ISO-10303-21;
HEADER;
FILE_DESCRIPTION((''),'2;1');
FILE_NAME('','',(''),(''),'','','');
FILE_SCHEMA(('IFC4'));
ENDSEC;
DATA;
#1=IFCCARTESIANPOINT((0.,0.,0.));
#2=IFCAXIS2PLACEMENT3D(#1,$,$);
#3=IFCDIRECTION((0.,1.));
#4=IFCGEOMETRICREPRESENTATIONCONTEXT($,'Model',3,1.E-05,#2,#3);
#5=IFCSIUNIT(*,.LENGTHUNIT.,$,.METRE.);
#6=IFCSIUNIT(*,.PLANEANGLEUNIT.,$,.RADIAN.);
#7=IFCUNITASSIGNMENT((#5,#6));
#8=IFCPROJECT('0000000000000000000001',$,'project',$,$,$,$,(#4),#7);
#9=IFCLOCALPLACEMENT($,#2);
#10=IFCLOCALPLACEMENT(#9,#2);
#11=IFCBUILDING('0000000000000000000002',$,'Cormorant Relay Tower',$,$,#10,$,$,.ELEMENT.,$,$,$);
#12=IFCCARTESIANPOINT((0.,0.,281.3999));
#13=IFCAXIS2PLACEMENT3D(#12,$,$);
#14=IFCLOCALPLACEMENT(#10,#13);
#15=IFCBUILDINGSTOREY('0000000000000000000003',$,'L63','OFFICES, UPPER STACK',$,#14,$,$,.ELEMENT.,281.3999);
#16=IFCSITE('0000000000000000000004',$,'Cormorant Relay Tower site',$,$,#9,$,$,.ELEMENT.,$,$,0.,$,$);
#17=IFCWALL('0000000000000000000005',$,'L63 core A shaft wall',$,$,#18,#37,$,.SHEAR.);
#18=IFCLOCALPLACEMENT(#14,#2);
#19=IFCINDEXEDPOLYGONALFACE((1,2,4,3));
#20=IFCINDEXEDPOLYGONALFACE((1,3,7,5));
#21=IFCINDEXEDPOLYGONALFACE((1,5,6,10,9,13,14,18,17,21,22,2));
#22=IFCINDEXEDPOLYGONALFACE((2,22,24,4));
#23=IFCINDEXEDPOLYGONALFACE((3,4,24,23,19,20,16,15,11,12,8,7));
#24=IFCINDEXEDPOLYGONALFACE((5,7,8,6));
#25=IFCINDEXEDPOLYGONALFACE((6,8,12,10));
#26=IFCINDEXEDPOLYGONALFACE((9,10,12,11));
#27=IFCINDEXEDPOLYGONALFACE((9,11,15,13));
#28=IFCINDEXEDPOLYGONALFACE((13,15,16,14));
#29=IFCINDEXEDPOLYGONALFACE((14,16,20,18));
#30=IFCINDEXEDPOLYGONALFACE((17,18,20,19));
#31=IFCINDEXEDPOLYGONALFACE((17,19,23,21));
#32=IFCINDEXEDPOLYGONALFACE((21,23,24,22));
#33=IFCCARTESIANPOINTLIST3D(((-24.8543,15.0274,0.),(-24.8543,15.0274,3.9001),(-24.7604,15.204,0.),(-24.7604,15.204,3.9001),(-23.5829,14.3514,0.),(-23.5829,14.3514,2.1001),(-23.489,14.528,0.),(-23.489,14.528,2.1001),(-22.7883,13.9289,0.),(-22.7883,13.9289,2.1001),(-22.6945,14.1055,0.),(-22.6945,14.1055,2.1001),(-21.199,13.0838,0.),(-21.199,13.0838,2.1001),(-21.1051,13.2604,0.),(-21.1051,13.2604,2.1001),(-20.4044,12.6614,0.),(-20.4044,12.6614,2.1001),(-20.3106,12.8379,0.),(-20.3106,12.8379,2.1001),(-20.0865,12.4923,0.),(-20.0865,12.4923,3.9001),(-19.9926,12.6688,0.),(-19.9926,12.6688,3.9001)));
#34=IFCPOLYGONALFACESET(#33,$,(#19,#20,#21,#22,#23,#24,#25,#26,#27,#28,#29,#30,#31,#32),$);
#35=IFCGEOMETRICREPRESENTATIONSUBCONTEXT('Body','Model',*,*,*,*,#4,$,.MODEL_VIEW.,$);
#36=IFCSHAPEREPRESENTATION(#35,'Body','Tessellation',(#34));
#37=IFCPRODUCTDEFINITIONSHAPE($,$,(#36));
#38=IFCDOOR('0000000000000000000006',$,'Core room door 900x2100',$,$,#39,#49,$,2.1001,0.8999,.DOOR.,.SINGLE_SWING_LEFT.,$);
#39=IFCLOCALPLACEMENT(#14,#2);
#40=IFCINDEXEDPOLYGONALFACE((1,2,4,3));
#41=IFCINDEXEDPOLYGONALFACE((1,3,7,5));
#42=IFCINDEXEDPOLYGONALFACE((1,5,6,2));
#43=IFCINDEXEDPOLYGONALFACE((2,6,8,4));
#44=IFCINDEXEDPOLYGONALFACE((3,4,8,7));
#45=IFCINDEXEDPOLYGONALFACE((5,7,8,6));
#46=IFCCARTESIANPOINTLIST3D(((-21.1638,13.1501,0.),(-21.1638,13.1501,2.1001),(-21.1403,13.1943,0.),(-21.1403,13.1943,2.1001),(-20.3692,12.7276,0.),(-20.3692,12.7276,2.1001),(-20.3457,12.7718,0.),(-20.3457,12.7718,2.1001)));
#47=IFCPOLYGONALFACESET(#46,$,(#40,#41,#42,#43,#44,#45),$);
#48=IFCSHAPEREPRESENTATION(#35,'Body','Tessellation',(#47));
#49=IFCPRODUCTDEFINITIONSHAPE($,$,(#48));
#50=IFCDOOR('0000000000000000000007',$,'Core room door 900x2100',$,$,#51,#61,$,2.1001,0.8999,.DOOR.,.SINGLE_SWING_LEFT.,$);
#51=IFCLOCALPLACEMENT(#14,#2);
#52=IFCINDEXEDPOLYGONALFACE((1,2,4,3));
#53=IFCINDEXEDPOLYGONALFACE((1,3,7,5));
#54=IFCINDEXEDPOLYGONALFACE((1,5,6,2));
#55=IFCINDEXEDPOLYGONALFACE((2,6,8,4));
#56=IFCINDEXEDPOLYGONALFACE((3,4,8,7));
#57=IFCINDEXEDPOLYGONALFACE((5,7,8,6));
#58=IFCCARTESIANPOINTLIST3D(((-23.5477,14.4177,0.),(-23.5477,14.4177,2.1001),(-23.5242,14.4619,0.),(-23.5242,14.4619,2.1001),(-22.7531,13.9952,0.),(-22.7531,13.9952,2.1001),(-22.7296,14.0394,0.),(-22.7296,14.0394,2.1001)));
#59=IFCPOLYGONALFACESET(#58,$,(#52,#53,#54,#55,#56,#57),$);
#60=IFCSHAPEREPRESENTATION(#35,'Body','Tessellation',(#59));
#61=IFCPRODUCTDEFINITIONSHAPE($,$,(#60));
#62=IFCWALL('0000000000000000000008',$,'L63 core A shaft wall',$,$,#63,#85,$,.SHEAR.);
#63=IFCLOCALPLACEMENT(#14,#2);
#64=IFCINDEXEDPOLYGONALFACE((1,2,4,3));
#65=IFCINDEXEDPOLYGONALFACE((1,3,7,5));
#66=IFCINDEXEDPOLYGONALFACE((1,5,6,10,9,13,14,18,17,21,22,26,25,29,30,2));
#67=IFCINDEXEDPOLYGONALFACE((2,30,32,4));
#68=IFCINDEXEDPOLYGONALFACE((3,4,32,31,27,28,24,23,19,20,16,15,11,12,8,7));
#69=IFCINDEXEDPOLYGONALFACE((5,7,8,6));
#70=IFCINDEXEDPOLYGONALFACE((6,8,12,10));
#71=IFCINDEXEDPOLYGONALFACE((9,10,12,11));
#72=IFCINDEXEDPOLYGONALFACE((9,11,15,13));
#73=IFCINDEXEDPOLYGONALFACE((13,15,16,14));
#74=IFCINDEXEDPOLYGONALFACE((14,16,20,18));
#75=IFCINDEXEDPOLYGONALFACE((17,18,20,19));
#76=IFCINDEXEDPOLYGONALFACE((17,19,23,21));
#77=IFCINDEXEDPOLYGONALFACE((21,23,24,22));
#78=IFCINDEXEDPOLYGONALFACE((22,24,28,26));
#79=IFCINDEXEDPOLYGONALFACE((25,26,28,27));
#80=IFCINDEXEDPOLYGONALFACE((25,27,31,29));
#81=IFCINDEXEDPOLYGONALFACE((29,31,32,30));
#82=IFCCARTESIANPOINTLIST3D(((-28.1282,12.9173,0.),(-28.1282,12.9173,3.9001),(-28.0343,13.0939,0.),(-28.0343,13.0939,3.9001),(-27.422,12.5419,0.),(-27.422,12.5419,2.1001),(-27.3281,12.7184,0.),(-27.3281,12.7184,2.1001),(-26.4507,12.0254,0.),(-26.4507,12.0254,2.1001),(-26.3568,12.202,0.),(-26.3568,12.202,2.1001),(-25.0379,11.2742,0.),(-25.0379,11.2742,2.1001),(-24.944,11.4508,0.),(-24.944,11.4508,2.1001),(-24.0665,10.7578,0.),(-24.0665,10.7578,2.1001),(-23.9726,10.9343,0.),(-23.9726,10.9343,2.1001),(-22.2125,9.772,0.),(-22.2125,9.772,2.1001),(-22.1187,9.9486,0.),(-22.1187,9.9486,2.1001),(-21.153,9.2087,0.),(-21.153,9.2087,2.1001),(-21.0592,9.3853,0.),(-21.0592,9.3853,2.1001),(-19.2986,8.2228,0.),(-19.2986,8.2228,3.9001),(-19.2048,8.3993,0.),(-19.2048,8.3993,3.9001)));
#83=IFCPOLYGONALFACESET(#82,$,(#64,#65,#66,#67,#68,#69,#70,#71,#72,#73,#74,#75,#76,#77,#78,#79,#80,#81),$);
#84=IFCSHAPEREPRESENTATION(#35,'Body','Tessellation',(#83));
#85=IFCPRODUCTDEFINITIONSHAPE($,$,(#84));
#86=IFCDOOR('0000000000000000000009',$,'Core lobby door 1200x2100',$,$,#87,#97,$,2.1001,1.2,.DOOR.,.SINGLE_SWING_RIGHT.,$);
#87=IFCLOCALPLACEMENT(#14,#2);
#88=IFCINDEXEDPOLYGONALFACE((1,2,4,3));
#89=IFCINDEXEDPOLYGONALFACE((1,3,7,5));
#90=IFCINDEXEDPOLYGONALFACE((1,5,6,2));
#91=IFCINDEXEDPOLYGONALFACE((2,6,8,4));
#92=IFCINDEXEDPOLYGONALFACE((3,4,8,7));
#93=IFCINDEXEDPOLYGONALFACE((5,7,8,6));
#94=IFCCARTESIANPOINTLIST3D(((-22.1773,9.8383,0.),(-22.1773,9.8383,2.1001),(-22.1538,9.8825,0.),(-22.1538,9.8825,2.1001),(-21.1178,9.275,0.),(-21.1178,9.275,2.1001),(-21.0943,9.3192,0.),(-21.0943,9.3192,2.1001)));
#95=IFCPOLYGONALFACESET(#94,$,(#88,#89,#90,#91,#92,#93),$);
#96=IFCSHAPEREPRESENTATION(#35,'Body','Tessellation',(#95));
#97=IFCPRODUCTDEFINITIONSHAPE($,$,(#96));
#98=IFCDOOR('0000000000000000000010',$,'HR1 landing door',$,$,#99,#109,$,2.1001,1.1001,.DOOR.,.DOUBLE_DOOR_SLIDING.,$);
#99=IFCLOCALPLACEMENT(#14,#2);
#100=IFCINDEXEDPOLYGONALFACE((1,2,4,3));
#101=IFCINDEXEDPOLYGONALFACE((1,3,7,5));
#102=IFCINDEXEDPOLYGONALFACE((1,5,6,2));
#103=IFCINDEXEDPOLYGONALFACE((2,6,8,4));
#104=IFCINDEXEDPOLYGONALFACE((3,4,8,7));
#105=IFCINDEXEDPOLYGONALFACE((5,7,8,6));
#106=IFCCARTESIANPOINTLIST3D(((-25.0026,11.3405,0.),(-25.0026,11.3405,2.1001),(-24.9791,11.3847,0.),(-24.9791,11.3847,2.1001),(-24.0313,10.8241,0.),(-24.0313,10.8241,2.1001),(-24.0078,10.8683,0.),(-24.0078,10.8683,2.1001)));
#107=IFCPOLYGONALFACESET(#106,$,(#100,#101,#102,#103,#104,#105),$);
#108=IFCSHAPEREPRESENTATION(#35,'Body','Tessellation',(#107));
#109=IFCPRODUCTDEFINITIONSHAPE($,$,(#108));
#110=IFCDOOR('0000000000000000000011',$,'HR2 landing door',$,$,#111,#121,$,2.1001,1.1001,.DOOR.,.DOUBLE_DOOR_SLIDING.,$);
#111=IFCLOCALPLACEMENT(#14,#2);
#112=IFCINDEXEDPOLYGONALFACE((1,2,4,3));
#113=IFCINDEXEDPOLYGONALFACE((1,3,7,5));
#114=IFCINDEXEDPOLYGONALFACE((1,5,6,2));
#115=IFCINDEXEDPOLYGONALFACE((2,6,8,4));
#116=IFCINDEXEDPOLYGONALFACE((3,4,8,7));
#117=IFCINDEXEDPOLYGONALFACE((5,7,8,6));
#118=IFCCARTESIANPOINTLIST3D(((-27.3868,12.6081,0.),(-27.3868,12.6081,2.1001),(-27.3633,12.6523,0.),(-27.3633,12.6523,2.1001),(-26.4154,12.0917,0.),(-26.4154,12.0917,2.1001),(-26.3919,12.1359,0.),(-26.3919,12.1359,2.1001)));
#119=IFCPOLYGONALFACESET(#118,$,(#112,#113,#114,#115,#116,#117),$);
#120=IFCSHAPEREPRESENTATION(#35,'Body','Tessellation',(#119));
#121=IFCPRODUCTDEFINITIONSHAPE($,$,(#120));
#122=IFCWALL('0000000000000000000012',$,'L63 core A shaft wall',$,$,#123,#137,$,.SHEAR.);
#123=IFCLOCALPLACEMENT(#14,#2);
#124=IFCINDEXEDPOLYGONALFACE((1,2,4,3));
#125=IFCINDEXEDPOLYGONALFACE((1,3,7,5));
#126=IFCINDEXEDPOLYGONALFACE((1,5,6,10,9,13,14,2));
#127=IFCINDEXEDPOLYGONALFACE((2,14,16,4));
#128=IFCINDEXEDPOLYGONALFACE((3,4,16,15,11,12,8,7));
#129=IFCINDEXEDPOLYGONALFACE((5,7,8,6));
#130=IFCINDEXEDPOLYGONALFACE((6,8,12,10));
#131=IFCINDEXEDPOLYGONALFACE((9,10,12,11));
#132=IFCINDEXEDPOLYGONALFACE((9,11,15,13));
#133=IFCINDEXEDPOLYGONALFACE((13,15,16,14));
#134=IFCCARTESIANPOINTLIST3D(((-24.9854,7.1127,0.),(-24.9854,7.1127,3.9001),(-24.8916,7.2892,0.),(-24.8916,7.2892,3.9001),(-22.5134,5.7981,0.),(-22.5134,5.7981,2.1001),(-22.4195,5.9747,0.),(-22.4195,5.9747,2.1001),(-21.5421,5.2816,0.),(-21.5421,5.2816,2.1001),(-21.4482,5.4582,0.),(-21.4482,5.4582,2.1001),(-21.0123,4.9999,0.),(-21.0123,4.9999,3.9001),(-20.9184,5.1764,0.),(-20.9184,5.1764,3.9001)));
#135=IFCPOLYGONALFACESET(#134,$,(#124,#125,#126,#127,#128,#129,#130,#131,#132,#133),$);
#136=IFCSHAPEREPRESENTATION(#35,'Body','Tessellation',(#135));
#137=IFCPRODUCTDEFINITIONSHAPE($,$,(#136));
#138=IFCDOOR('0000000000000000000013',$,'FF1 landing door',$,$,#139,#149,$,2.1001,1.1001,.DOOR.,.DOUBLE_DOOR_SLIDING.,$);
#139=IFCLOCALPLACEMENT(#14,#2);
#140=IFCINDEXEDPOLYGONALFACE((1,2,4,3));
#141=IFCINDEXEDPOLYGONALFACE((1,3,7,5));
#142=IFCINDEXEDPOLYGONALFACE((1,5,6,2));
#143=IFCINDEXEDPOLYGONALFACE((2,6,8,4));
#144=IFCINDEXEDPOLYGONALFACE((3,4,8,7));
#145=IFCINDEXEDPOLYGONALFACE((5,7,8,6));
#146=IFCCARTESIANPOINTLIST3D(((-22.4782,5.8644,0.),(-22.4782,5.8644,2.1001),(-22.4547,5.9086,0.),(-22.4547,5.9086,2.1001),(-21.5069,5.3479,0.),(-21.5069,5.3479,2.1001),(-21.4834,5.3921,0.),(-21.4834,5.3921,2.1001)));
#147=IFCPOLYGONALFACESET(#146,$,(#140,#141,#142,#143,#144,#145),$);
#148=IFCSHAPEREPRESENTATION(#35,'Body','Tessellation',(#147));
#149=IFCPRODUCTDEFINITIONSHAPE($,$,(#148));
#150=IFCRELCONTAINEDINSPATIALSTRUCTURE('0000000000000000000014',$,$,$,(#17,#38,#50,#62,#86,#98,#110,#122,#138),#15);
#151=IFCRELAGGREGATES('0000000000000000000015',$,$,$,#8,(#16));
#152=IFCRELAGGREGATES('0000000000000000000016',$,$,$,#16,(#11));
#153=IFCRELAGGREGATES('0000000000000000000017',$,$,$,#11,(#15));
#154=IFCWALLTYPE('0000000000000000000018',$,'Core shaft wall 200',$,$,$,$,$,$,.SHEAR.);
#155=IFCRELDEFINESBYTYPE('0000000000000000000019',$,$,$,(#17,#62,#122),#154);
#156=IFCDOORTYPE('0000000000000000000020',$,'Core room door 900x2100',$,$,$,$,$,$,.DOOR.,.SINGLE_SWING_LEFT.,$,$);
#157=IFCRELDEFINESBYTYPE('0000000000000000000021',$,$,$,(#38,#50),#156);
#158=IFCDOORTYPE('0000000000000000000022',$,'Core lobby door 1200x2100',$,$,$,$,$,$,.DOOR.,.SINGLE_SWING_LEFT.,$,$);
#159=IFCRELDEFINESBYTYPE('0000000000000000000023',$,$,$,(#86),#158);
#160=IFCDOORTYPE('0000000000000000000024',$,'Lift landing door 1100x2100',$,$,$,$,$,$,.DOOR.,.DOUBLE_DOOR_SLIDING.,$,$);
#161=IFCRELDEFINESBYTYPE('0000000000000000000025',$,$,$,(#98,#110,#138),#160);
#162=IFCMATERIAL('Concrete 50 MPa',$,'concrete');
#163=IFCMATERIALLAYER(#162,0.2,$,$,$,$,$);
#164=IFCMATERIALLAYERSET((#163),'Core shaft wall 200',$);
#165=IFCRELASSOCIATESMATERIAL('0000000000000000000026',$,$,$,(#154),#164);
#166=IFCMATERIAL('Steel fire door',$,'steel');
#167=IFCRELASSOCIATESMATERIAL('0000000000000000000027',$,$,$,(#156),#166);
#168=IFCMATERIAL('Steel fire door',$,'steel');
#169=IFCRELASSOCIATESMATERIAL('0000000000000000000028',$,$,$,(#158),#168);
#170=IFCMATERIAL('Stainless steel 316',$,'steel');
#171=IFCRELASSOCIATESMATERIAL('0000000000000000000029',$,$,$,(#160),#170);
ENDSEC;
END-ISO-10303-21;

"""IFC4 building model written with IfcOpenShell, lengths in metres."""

from ifc_helpers import new_model, si_unit, direction, frame, frame_2d, origin, place, context, subcontext, project, spatial, rectangle, extrude, material, layer, layer_set, type_object, element, fill, save


model = new_model("IFC4")

# Units and contexts
model_context = context("Model", 3, precision=1e-05, world=origin(), true_north=direction((0.0, 1.0)))
body_context = subcontext(model_context, "Body", "Model", "MODEL_VIEW")
ifc_project = project(units=[si_unit("LENGTHUNIT", "METRE"), si_unit("PLANEANGLEUNIT", "RADIAN")], contexts=[model_context])

# Site, building, storey
site_placement = place(None, origin())
site = spatial("IfcSite", under=ifc_project, at=site_placement, Name="Cormorant Relay Tower site", CompositionType="ELEMENT", RefElevation=0.0)
building_placement = place(site_placement, origin())
building = spatial("IfcBuilding", under=site, at=building_placement, Name="Cormorant Relay Tower", CompositionType="ELEMENT")
storey_placement = place(building_placement, frame((0.0, 0.0, 281.3999)))
storey = spatial("IfcBuildingStorey", under=building, at=storey_placement, Name="L63", Description="OFFICES, UPPER STACK", CompositionType="ELEMENT", Elevation=281.3999)

# Shared definitions
ifc_material_1 = material(Name="Concrete 50 MPa", Category="concrete")
ifc_layer_1 = layer(ifc_material_1, 0.2)
ifc_layer_set_1 = layer_set([ifc_layer_1], Name="Core shaft wall 200")
wall_type_1 = type_object("IfcWallType", Name="Core shaft wall 200", PredefinedType="SHEAR", material=ifc_layer_set_1)

# Walls, openings, doors
wall_1_placement = place(storey_placement, frame((-20.0396, 12.5806, 0.0), z_axis=(0.0, 0.0, 1.0), x_axis=(-0.882943, 0.46948, 0.0)))
wall_1 = element("IfcWall", 1, at=wall_1_placement, inside=storey, type_object=wall_type_1, Name="L63 core A shaft wall", PredefinedType="SHEAR", context=body_context, shape_type="SweptSolid", body=[
    extrude(rectangle(XDim=5.3999, YDim=0.2, at=frame_2d((2.7, 0.0))), origin(), (0.0, 0.0, 1.0), 3.9001),
])
opening_1_placement = place(wall_1_placement, frame((0.3601, 0.0, 0.0)))
opening_1 = element("IfcOpeningElement", 2, at=opening_1_placement, cuts=wall_1, PredefinedType="OPENING", context=body_context, shape_type="SweptSolid", body=[
    extrude(rectangle(XDim=0.8999, YDim=2.1001, at=frame_2d((0.45, 1.05))), frame((0.0, 0.1099, 0.0), z_axis=(0.0, -1.0, 0.0), x_axis=(1.0, 0.0, 0.0)), (0.0, 0.0, 1.0), 0.22),
])
opening_2_placement = place(wall_1_placement, frame((3.0601, 0.0, 0.0)))
opening_2 = element("IfcOpeningElement", 3, at=opening_2_placement, cuts=wall_1, PredefinedType="OPENING", context=body_context, shape_type="SweptSolid", body=[
    extrude(rectangle(XDim=0.8999, YDim=2.1001, at=frame_2d((0.45, 1.05))), frame((0.0, 0.1099, 0.0), z_axis=(0.0, -1.0, 0.0), x_axis=(1.0, 0.0, 0.0)), (0.0, 0.0, 1.0), 0.22),
])
ifc_material_2 = material(Name="Steel fire door", Category="steel")
door_type_1 = type_object("IfcDoorType", Name="Core room door 900x2100", OperationType="SINGLE_SWING_LEFT", PredefinedType="DOOR", material=ifc_material_2)
door_1_placement = place(opening_1_placement, origin())
door_1 = element("IfcDoor", 4, at=door_1_placement, inside=storey, type_object=door_type_1, Name="Core room door 900x2100", OperationType="SINGLE_SWING_LEFT", OverallHeight=2.1001, OverallWidth=0.8999, PredefinedType="DOOR", context=body_context, shape_type="SweptSolid", body=[
    extrude(rectangle(XDim=0.8999, YDim=2.1001, at=frame_2d((0.45, 1.05))), frame((0.0, 0.0249, 0.0), z_axis=(0.0, -1.0, 0.0), x_axis=(1.0, 0.0, 0.0)), (0.0, 0.0, 1.0), 0.05),
])
fill(opening_1, door_1)
door_2_placement = place(opening_2_placement, origin())
door_2 = element("IfcDoor", 5, at=door_2_placement, inside=storey, type_object=door_type_1, Name="Core room door 900x2100", OperationType="SINGLE_SWING_LEFT", OverallHeight=2.1001, OverallWidth=0.8999, PredefinedType="DOOR", context=body_context, shape_type="SweptSolid", body=[
    extrude(rectangle(XDim=0.8999, YDim=2.1001, at=frame_2d((0.45, 1.05))), frame((0.0, 0.0249, 0.0), z_axis=(0.0, -1.0, 0.0), x_axis=(1.0, 0.0, 0.0)), (0.0, 0.0, 1.0), 0.05),
])
fill(opening_2, door_2)
wall_2_placement = place(storey_placement, frame((-19.2517, 8.311, 0.0), z_axis=(0.0, 0.0, 1.0), x_axis=(-0.882956, 0.469456, 0.0)))
wall_2 = element("IfcWall", 6, at=wall_2_placement, inside=storey, type_object=wall_type_1, Name="L63 core A shaft wall", PredefinedType="SHEAR", context=body_context, shape_type="SweptSolid", body=[
    extrude(rectangle(XDim=10.0, YDim=0.2, at=frame_2d((5.0, 0.0))), origin(), (0.0, 0.0, 1.0), 3.9001),
])
opening_3_placement = place(wall_2_placement, frame((2.1001, 0.0, 0.0)))
opening_3 = element("IfcOpeningElement", 7, at=opening_3_placement, cuts=wall_2, PredefinedType="OPENING", context=body_context, shape_type="SweptSolid", body=[
    extrude(rectangle(XDim=1.2, YDim=2.1001, at=frame_2d((0.6001, 1.05))), frame((0.0, 0.1099, 0.0), z_axis=(0.0, -1.0, 0.0), x_axis=(1.0, 0.0, 0.0)), (0.0, 0.0, 1.0), 0.22),
])
opening_4_placement = place(wall_2_placement, frame((5.3999, 0.0, 0.0)))
opening_4 = element("IfcOpeningElement", 8, at=opening_4_placement, cuts=wall_2, PredefinedType="OPENING", context=body_context, shape_type="SweptSolid", body=[
    extrude(rectangle(XDim=1.1001, YDim=2.1001, at=frame_2d((0.55, 1.05))), frame((0.0, 0.1099, 0.0), z_axis=(0.0, -1.0, 0.0), x_axis=(1.0, 0.0, 0.0)), (0.0, 0.0, 1.0), 0.22),
])
opening_5_placement = place(wall_2_placement, frame((8.1001, 0.0, 0.0)))
opening_5 = element("IfcOpeningElement", 9, at=opening_5_placement, cuts=wall_2, PredefinedType="OPENING", context=body_context, shape_type="SweptSolid", body=[
    extrude(rectangle(XDim=1.1001, YDim=2.1001, at=frame_2d((0.55, 1.05))), frame((0.0, 0.1099, 0.0), z_axis=(0.0, -1.0, 0.0), x_axis=(1.0, 0.0, 0.0)), (0.0, 0.0, 1.0), 0.22),
])
ifc_material_3 = material(Name="Steel fire door", Category="steel")
door_type_2 = type_object("IfcDoorType", Name="Core lobby door 1200x2100", OperationType="SINGLE_SWING_LEFT", PredefinedType="DOOR", material=ifc_material_3)
door_3_placement = place(opening_3_placement, origin())
door_3 = element("IfcDoor", 10, at=door_3_placement, inside=storey, type_object=door_type_2, Name="Core lobby door 1200x2100", OperationType="SINGLE_SWING_RIGHT", OverallHeight=2.1001, OverallWidth=1.2, PredefinedType="DOOR", context=body_context, shape_type="SweptSolid", body=[
    extrude(rectangle(XDim=1.2, YDim=2.1001, at=frame_2d((0.6001, 1.05))), frame((0.0, 0.0249, 0.0), z_axis=(0.0, -1.0, 0.0), x_axis=(1.0, 0.0, 0.0)), (0.0, 0.0, 1.0), 0.05),
])
fill(opening_3, door_3)
ifc_material_4 = material(Name="Stainless steel 316", Category="steel")
door_type_3 = type_object("IfcDoorType", Name="Lift landing door 1100x2100", OperationType="DOUBLE_DOOR_SLIDING", PredefinedType="DOOR", material=ifc_material_4)
door_4_placement = place(opening_4_placement, origin())
door_4 = element("IfcDoor", 11, at=door_4_placement, inside=storey, type_object=door_type_3, Name="HR1 landing door", OperationType="DOUBLE_DOOR_SLIDING", OverallHeight=2.1001, OverallWidth=1.1001, PredefinedType="DOOR", context=body_context, shape_type="SweptSolid", body=[
    extrude(rectangle(XDim=1.1001, YDim=2.1001, at=frame_2d((0.55, 1.05))), frame((0.0, 0.0249, 0.0), z_axis=(0.0, -1.0, 0.0), x_axis=(1.0, 0.0, 0.0)), (0.0, 0.0, 1.0), 0.05),
])
fill(opening_4, door_4)
door_5_placement = place(opening_5_placement, origin())
door_5 = element("IfcDoor", 12, at=door_5_placement, inside=storey, type_object=door_type_3, Name="HR2 landing door", OperationType="DOUBLE_DOOR_SLIDING", OverallHeight=2.1001, OverallWidth=1.1001, PredefinedType="DOOR", context=body_context, shape_type="SweptSolid", body=[
    extrude(rectangle(XDim=1.1001, YDim=2.1001, at=frame_2d((0.55, 1.05))), frame((0.0, 0.0249, 0.0), z_axis=(0.0, -1.0, 0.0), x_axis=(1.0, 0.0, 0.0)), (0.0, 0.0, 1.0), 0.05),
])
fill(opening_5, door_5)

# Wall, opening, door
wall_3_placement = place(storey_placement, frame((-20.9653, 5.0881, 0.0), z_axis=(0.0, 0.0, 1.0), x_axis=(-0.882926, 0.469512, 0.0)))
wall_3 = element("IfcWall", 13, at=wall_3_placement, inside=storey, type_object=wall_type_1, Name="L63 core A shaft wall", PredefinedType="SHEAR", context=body_context, shape_type="SweptSolid", body=[
    extrude(rectangle(XDim=4.5, YDim=0.2, at=frame_2d((2.25, 0.0))), origin(), (0.0, 0.0, 1.0), 3.9001),
])
opening_6_placement = place(wall_3_placement, frame((0.6001, 0.0, 0.0)))
opening_6 = element("IfcOpeningElement", 14, at=opening_6_placement, cuts=wall_3, PredefinedType="OPENING", context=body_context, shape_type="SweptSolid", body=[
    extrude(rectangle(XDim=1.1001, YDim=2.1001, at=frame_2d((0.55, 1.05))), frame((0.0, 0.1099, 0.0), z_axis=(0.0, -1.0, 0.0), x_axis=(1.0, 0.0, 0.0)), (0.0, 0.0, 1.0), 0.22),
])
door_6_placement = place(opening_6_placement, origin())
door_6 = element("IfcDoor", 15, at=door_6_placement, inside=storey, type_object=door_type_3, Name="FF1 landing door", OperationType="DOUBLE_DOOR_SLIDING", OverallHeight=2.1001, OverallWidth=1.1001, PredefinedType="DOOR", context=body_context, shape_type="SweptSolid", body=[
    extrude(rectangle(XDim=1.1001, YDim=2.1001, at=frame_2d((0.55, 1.05))), frame((0.0, 0.0249, 0.0), z_axis=(0.0, -1.0, 0.0), x_axis=(1.0, 0.0, 0.0)), (0.0, 0.0, 1.0), 0.05),
])
fill(opening_6, door_6)

save(model, "model.ifc")
